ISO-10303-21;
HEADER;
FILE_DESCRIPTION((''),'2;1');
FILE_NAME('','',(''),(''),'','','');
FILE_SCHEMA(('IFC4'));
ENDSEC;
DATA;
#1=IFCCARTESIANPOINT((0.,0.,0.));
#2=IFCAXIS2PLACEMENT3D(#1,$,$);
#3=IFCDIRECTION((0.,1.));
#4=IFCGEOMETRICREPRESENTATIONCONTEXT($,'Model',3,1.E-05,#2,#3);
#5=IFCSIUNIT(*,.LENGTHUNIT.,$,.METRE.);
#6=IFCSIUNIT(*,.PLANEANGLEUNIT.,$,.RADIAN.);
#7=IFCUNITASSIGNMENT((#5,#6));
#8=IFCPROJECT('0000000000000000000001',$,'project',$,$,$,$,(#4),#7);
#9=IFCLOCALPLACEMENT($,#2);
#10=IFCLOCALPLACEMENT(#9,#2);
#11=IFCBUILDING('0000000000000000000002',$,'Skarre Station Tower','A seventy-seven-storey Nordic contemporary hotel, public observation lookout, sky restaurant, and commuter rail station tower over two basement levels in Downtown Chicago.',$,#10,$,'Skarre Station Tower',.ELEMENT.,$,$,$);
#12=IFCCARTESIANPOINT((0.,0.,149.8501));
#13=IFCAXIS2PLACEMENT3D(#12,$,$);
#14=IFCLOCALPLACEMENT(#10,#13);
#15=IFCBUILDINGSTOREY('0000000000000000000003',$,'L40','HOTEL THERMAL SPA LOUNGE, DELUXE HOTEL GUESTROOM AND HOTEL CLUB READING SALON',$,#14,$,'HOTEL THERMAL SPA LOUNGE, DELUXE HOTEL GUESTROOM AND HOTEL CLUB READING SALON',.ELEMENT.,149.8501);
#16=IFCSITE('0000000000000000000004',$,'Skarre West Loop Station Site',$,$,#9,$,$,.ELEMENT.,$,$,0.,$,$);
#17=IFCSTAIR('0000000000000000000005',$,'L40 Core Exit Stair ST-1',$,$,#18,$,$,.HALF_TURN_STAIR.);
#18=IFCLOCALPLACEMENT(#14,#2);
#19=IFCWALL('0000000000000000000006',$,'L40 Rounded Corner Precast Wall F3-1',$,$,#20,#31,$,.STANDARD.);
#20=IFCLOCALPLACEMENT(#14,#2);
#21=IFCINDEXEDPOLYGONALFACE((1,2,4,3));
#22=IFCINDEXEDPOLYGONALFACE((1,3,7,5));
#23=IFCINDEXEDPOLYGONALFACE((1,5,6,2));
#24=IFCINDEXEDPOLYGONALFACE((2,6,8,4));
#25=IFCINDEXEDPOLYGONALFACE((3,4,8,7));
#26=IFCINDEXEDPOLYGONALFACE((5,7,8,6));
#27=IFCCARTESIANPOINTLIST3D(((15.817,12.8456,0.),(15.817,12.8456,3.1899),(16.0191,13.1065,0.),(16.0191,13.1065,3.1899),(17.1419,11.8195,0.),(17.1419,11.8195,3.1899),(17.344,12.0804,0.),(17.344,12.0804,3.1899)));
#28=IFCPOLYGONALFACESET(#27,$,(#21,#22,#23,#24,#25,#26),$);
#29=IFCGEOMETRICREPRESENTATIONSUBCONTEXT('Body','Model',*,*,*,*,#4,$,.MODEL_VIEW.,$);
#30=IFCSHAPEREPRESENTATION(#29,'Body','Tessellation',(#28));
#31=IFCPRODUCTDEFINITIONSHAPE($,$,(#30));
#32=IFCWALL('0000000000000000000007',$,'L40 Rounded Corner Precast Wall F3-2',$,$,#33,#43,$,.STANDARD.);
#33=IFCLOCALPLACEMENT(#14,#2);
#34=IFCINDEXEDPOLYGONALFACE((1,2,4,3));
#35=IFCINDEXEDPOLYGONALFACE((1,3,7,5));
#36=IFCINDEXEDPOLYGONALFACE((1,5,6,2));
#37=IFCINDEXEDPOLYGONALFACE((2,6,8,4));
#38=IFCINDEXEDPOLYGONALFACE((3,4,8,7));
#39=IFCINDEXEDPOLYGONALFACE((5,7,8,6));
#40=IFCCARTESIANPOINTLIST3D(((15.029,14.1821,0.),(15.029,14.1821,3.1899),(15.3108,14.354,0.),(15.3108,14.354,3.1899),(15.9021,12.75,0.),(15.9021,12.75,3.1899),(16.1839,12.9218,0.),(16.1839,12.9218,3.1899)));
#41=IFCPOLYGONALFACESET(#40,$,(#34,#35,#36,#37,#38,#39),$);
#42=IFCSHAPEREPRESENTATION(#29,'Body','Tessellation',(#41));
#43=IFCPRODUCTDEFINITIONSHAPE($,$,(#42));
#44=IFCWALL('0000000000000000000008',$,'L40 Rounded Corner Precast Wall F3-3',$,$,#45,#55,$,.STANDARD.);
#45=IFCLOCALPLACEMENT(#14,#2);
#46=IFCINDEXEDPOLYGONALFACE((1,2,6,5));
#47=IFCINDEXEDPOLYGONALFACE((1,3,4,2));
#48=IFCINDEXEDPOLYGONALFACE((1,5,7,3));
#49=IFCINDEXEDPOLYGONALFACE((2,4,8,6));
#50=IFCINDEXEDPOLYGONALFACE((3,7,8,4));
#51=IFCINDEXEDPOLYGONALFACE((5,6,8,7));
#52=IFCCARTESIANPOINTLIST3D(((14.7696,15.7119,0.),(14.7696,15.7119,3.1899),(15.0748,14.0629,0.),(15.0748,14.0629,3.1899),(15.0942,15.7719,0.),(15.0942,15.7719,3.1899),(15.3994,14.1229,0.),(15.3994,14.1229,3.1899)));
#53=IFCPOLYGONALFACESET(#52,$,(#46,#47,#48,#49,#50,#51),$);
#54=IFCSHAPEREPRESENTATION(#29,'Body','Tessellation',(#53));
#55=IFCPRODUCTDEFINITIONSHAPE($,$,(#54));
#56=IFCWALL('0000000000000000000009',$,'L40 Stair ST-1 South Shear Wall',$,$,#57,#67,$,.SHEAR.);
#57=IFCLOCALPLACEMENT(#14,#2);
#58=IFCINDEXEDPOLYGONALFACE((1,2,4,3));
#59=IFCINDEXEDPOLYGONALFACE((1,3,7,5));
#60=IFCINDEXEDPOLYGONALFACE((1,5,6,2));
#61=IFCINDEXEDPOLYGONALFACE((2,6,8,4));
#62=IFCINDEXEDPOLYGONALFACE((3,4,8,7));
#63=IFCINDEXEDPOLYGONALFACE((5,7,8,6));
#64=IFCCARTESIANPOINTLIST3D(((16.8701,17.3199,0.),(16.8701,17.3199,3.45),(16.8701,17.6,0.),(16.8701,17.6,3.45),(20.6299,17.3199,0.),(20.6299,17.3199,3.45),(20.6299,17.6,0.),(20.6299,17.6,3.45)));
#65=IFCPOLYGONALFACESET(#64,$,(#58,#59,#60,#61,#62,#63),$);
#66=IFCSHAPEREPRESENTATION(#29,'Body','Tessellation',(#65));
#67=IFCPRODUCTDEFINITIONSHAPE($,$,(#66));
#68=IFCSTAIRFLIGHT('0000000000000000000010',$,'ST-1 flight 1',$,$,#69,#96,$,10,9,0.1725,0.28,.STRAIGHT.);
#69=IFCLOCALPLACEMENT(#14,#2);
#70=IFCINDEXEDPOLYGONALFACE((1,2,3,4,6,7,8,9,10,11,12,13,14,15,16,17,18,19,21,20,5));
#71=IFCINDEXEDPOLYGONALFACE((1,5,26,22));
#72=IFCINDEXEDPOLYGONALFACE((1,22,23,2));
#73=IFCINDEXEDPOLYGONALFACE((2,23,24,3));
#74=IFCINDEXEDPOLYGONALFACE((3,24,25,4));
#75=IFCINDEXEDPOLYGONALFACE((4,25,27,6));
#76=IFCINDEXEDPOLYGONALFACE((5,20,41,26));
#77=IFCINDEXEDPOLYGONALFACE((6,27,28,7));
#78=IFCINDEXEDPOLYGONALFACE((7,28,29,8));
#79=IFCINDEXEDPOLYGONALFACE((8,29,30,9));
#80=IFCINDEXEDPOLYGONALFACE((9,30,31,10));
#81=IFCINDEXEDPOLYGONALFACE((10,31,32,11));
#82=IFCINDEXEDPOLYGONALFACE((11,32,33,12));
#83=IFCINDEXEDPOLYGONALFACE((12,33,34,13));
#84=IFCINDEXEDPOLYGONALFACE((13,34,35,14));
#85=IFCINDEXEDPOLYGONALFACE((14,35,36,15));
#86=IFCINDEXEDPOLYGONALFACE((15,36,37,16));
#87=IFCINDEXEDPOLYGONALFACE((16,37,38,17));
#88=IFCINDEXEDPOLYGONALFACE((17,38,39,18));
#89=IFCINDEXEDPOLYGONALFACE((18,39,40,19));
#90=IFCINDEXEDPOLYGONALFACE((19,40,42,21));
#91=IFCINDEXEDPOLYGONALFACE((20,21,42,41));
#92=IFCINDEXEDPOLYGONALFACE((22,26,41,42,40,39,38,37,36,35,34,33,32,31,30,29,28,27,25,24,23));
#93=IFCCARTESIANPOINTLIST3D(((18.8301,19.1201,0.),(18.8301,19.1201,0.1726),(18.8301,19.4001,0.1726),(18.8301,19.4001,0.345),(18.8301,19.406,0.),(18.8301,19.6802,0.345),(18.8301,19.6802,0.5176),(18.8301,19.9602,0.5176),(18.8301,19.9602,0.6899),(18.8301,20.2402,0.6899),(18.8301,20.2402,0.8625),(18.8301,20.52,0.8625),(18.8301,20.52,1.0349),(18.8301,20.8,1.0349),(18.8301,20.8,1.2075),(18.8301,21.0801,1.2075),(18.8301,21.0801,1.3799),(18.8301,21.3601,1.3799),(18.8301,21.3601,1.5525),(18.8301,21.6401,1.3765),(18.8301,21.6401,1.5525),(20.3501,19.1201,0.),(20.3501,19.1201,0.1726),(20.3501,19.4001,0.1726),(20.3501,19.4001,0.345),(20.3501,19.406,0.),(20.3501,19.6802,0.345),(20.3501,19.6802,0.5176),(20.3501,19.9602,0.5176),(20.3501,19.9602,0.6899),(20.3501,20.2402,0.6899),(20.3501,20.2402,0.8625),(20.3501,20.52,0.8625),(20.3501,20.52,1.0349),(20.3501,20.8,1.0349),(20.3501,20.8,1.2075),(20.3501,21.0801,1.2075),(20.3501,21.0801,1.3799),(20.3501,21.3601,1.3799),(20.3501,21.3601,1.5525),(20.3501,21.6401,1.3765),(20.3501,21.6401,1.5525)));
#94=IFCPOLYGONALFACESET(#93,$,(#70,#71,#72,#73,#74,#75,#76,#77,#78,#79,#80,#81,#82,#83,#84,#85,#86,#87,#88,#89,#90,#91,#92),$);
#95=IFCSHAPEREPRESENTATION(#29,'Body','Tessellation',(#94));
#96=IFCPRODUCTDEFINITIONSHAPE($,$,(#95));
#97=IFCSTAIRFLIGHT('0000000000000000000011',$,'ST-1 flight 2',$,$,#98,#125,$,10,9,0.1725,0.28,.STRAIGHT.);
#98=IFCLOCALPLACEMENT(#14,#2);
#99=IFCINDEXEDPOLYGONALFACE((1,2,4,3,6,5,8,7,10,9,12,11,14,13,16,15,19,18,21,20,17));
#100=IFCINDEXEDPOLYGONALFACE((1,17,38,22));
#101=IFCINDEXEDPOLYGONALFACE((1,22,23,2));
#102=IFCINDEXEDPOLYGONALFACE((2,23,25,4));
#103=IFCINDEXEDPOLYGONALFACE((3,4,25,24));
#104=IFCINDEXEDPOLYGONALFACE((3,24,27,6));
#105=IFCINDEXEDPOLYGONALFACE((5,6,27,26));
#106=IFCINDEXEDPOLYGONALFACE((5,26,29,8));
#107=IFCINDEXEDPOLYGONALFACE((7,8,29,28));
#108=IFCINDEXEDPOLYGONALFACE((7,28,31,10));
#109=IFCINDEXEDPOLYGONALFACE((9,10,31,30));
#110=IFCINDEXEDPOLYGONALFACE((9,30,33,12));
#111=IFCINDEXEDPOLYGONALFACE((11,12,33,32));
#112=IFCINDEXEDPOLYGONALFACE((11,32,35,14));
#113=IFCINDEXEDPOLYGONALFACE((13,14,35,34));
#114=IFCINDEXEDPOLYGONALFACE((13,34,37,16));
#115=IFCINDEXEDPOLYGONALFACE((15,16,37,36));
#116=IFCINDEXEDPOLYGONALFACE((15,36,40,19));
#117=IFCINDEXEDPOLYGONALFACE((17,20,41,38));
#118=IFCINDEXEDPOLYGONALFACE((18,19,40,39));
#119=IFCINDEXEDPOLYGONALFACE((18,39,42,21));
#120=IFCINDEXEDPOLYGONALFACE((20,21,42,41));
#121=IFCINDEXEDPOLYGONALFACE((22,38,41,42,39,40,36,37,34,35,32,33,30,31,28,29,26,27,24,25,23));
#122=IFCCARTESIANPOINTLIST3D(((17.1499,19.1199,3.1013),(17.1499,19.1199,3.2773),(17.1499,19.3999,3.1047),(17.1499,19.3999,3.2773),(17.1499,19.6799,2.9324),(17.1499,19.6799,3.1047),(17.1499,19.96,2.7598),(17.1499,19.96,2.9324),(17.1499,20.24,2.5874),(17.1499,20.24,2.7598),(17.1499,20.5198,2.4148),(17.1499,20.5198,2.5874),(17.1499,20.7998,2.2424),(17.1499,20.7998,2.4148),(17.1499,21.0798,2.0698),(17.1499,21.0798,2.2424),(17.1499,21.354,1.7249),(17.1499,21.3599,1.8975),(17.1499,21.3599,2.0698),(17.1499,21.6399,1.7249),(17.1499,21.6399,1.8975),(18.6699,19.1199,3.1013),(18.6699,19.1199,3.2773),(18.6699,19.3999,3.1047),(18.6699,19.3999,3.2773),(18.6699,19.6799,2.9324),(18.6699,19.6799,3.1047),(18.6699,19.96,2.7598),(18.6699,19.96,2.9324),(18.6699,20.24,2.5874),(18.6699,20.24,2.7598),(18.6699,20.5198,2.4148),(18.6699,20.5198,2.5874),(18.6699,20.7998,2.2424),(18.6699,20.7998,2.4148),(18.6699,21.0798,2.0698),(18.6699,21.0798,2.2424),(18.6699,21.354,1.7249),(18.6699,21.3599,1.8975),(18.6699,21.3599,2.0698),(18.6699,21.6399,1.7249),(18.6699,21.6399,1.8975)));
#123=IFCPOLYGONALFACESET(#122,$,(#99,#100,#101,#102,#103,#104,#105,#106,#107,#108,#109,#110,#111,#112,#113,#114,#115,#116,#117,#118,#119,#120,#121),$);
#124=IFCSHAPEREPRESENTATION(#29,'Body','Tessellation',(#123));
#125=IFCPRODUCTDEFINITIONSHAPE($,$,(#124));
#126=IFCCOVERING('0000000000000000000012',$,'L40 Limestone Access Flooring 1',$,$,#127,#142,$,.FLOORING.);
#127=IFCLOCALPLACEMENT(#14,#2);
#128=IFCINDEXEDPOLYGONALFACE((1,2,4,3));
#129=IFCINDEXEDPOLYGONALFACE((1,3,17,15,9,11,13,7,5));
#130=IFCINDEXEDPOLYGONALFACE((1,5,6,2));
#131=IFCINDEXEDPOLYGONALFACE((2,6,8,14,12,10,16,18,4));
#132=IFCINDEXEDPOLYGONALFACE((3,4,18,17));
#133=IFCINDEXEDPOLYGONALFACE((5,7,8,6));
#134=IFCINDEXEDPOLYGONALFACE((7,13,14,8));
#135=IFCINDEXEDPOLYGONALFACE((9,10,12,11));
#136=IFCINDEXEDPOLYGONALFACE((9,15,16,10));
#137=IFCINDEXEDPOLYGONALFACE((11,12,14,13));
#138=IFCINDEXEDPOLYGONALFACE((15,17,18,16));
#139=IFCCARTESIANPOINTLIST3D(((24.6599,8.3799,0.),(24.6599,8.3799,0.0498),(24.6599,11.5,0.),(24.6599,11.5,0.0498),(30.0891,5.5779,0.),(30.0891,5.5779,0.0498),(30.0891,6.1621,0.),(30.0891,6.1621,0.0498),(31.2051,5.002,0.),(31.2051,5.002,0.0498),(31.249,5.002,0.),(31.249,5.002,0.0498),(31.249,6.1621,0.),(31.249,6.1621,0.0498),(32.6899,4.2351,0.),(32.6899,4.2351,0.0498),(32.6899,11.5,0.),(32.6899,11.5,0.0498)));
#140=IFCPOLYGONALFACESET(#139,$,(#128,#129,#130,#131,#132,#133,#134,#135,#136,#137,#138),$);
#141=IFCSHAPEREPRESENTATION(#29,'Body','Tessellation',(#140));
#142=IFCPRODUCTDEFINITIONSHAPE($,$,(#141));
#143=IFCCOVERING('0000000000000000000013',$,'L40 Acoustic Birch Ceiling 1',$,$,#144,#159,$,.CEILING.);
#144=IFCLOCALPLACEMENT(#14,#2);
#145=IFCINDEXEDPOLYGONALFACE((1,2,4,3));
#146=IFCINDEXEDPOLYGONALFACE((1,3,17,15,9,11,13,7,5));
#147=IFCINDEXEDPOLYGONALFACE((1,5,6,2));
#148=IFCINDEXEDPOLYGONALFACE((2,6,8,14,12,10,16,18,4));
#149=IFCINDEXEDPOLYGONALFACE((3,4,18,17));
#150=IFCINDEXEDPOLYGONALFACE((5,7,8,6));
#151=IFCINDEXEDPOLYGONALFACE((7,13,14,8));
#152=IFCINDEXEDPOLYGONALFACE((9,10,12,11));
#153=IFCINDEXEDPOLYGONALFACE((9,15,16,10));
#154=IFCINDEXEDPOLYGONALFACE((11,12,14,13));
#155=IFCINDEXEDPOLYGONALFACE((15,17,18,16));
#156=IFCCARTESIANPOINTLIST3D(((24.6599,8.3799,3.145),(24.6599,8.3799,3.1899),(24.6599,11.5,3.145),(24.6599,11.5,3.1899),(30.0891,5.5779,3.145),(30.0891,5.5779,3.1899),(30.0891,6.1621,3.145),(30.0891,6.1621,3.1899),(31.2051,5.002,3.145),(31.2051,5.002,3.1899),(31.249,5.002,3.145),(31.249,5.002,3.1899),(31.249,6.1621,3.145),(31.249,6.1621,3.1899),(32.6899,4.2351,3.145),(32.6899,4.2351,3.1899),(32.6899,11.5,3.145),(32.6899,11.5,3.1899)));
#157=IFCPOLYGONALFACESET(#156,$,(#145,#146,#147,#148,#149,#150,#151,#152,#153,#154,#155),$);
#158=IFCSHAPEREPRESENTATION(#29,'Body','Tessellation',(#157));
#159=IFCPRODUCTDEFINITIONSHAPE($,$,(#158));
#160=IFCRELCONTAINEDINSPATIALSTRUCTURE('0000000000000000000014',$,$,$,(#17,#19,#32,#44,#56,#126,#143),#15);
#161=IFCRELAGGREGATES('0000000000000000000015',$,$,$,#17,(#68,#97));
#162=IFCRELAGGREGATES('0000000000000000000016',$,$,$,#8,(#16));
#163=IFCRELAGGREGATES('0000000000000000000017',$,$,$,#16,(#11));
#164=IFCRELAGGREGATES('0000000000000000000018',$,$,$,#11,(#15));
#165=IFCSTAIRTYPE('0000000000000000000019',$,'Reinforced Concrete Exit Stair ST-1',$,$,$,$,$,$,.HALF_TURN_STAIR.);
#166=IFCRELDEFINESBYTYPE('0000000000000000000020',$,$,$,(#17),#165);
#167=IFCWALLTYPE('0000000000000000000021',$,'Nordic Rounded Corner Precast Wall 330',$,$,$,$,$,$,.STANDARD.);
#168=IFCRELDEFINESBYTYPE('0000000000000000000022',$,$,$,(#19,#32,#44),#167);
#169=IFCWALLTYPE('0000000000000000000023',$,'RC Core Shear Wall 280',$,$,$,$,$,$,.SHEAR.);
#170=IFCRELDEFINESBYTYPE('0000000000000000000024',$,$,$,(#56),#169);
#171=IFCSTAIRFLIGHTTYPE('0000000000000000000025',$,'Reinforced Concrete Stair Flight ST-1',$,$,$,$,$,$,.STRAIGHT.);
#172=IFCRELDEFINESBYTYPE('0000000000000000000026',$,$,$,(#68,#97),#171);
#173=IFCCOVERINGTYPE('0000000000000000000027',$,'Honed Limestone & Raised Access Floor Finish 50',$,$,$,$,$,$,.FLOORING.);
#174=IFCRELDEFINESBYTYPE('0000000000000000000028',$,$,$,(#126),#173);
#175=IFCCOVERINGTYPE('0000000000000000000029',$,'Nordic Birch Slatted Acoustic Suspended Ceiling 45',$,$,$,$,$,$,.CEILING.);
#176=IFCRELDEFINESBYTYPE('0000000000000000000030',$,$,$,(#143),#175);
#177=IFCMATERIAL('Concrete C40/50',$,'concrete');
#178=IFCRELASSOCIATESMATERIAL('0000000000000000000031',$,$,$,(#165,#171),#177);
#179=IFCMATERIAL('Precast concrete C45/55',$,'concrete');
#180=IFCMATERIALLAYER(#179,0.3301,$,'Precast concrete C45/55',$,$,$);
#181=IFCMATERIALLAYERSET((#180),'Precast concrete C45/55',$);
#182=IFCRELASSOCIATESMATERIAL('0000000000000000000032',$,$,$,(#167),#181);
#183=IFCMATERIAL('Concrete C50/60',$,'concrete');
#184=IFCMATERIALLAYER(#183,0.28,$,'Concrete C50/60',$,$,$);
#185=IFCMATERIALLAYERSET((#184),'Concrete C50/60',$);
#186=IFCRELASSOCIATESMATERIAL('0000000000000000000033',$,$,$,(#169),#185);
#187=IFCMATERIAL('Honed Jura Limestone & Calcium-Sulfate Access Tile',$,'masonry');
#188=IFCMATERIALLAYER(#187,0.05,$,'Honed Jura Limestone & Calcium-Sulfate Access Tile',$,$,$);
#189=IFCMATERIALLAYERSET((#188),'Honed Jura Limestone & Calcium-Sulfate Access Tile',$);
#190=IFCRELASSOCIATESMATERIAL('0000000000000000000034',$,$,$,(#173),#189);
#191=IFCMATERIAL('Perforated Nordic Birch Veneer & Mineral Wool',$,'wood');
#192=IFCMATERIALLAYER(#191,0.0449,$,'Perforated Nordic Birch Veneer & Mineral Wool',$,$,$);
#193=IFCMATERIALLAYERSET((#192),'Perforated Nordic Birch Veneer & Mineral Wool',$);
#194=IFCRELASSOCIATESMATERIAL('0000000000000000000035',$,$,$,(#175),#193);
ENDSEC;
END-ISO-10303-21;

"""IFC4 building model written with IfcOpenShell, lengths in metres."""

from ifc_helpers import new_model, si_unit, direction, frame, frame_2d, origin, place, context, subcontext, project, spatial, polyline, rectangle, outline, extrude, material, layer, layer_set, type_object, element, aggregate, save


model = new_model("IFC4")

# Units and contexts
model_context = context("Model", 3, precision=1e-05, world=origin(), true_north=direction((0.0, 1.0)))
body_context = subcontext(model_context, "Body", "Model", "MODEL_VIEW")
ifc_project = project(units=[si_unit("LENGTHUNIT", "METRE"), si_unit("PLANEANGLEUNIT", "RADIAN")], contexts=[model_context])

# Site, building, storey
site_placement = place(None, origin())
site = spatial("IfcSite", under=ifc_project, at=site_placement, Name="Skarre West Loop Station Site", CompositionType="ELEMENT", RefElevation=0.0)
building_placement = place(site_placement, origin())
building = spatial("IfcBuilding", under=site, at=building_placement, Name="Skarre Station Tower", Description="A seventy-seven-storey Nordic contemporary hotel, public observation lookout, sky restaurant, and commuter rail station tower over two basement levels in Downtown Chicago.", LongName="Skarre Station Tower", CompositionType="ELEMENT")
storey_placement = place(building_placement, frame((0.0, 0.0, 149.8501)))
storey = spatial("IfcBuildingStorey", under=building, at=storey_placement, Name="L40", Description="HOTEL THERMAL SPA LOUNGE, DELUXE HOTEL GUESTROOM AND HOTEL CLUB READING SALON", LongName="HOTEL THERMAL SPA LOUNGE, DELUXE HOTEL GUESTROOM AND HOTEL CLUB READING SALON", CompositionType="ELEMENT", Elevation=149.8501)

# Shared definitions
ifc_material_1 = material(Name="Concrete C50/60", Category="concrete")

# Stair
ifc_material_2 = material(Name="Concrete C40/50", Category="concrete")
stair_type_1 = type_object("IfcStairType", Name="Reinforced Concrete Exit Stair ST-1", PredefinedType="HALF_TURN_STAIR", material=ifc_material_2)
stair_1_placement = place(storey_placement, origin())
stair_1 = element("IfcStair", 1, at=stair_1_placement, inside=storey, type_object=stair_type_1, Name="L40 Core Exit Stair ST-1", PredefinedType="HALF_TURN_STAIR")

# Shared definitions
ifc_material_3 = material(Name="Precast concrete C45/55", Category="concrete")

# Walls
ifc_layer_1 = layer(ifc_material_3, 0.3301, Name="Precast concrete C45/55")
ifc_layer_set_1 = layer_set([ifc_layer_1], Name="Precast concrete C45/55")
wall_type_1 = type_object("IfcWallType", Name="Nordic Rounded Corner Precast Wall 330", PredefinedType="STANDARD", material=ifc_layer_set_1)
wall_1_placement = place(storey_placement, frame((17.2429, 11.95, 0.0), z_axis=(0.0, 0.0, 1.0), x_axis=(-0.790621, 0.612305, 0.0)))
element("IfcWall", 2, at=wall_1_placement, inside=storey, type_object=wall_type_1, Name="L40 Rounded Corner Precast Wall F3-1", PredefinedType="STANDARD", context=body_context, shape_type="SweptSolid", body=[
    extrude(rectangle(XDim=1.6758, YDim=0.3301, at=frame_2d((0.8379, 0.0))), origin(), (0.0, 0.0, 1.0), 3.1899),
])
wall_2_placement = place(storey_placement, frame((16.043, 12.8359, 0.0), z_axis=(0.0, 0.0, 1.0), x_axis=(-0.520519, 0.85385, 0.0)))
element("IfcWall", 3, at=wall_2_placement, inside=storey, type_object=wall_type_1, Name="L40 Rounded Corner Precast Wall F3-2", PredefinedType="STANDARD", context=body_context, shape_type="SweptSolid", body=[
    extrude(rectangle(XDim=1.6772, YDim=0.3301, at=frame_2d((0.8386, 0.0))), origin(), (0.0, 0.0, 1.0), 3.1899),
])
wall_3_placement = place(storey_placement, frame((15.2371, 14.093, 0.0), z_axis=(0.0, 0.0, 1.0), x_axis=(-0.181985, 0.983301, 0.0)))
element("IfcWall", 4, at=wall_3_placement, inside=storey, type_object=wall_type_1, Name="L40 Rounded Corner Precast Wall F3-3", PredefinedType="STANDARD", context=body_context, shape_type="SweptSolid", body=[
    extrude(rectangle(XDim=1.677, YDim=0.3301, at=frame_2d((0.8384, 0.0))), origin(), (0.0, 0.0, 1.0), 3.1899),
])
ifc_layer_2 = layer(ifc_material_1, 0.28, Name="Concrete C50/60")
ifc_layer_set_2 = layer_set([ifc_layer_2], Name="Concrete C50/60")
wall_type_2 = type_object("IfcWallType", Name="RC Core Shear Wall 280", PredefinedType="SHEAR", material=ifc_layer_set_2)
wall_4_placement = place(storey_placement, frame((16.8701, 17.46, 0.0), z_axis=(0.0, 0.0, 1.0), x_axis=(1.0, 0.0, 0.0)))
element("IfcWall", 5, at=wall_4_placement, inside=storey, type_object=wall_type_2, Name="L40 Stair ST-1 South Shear Wall", PredefinedType="SHEAR", context=body_context, shape_type="SweptSolid", body=[
    extrude(rectangle(XDim=3.7598, YDim=0.28, at=frame_2d((1.8799, 0.0))), origin(), (0.0, 0.0, 1.0), 3.45),
])

# Stair flights
stair_flight_type = type_object("IfcStairFlightType", Name="Reinforced Concrete Stair Flight ST-1", PredefinedType="STRAIGHT", material=ifc_material_2)
stair_flight_1_placement = place(storey_placement, frame((19.5901, 19.1201, 0.0), z_axis=(0.0, 0.0, 1.0), x_axis=(0.0, 1.0, 0.0)))
stair_flight_1 = element("IfcStairFlight", 6, at=stair_flight_1_placement, type_object=stair_flight_type, Name="ST-1 flight 1", NumberOfRisers=10, NumberOfTreads=9, PredefinedType="STRAIGHT", RiserHeight=0.1725, TreadLength=0.28, context=body_context, shape_type="SweptSolid", body=[
    extrude(outline(polyline([(0.0, 0.0), (0.0, 0.1726), (0.28, 0.1726), (0.28, 0.345), (0.5601, 0.345), (0.5601, 0.5176), (0.8401, 0.5176), (0.8401, 0.6899), (1.1201, 0.6899), (1.1201, 0.8625), (1.3999, 0.8625), (1.3999, 1.0349), (1.6799, 1.0349), (1.6799, 1.2075), (1.96, 1.2075), (1.96, 1.3799), (2.24, 1.3799), (2.24, 1.5525), (2.52, 1.5525), (2.52, 1.7251), (2.52, 1.3765), (0.2859, 0.0), (0.0, 0.0)])), frame((0.0, 0.76, 0.0), z_axis=(0.0, -1.0, 0.0), x_axis=(1.0, 0.0, 0.0)), (0.0, 0.0, 1.0), 1.52),
])
stair_flight_2_placement = place(storey_placement, frame((17.9099, 21.6399, 1.7249), z_axis=(0.0, 0.0, 1.0), x_axis=(0.0, -1.0, 0.0)))
stair_flight_2 = element("IfcStairFlight", 7, at=stair_flight_2_placement, type_object=stair_flight_type, Name="ST-1 flight 2", NumberOfRisers=10, NumberOfTreads=9, PredefinedType="STRAIGHT", RiserHeight=0.1725, TreadLength=0.28, context=body_context, shape_type="SweptSolid", body=[
    extrude(outline(polyline([(0.0, 0.0), (0.0, 0.1726), (0.28, 0.1726), (0.28, 0.345), (0.5601, 0.345), (0.5601, 0.5176), (0.8401, 0.5176), (0.8401, 0.6899), (1.1201, 0.6899), (1.1201, 0.8625), (1.3999, 0.8625), (1.3999, 1.0349), (1.6799, 1.0349), (1.6799, 1.2075), (1.96, 1.2075), (1.96, 1.3799), (2.24, 1.3799), (2.24, 1.5525), (2.52, 1.5525), (2.52, 1.7251), (2.52, 1.3765), (0.2859, 0.0), (0.0, 0.0)])), frame((0.0, 0.76, 0.0), z_axis=(0.0, -1.0, 0.0), x_axis=(1.0, 0.0, 0.0)), (0.0, 0.0, 1.0), 1.52),
])
aggregate(stair_1, [stair_flight_1, stair_flight_2])

# Coverings
ifc_material_4 = material(Name="Honed Jura Limestone & Calcium-Sulfate Access Tile", Category="masonry")
ifc_layer_3 = layer(ifc_material_4, 0.05, Name="Honed Jura Limestone & Calcium-Sulfate Access Tile")
ifc_layer_set_3 = layer_set([ifc_layer_3], Name="Honed Jura Limestone & Calcium-Sulfate Access Tile")
covering_type_1 = type_object("IfcCoveringType", Name="Honed Limestone & Raised Access Floor Finish 50", PredefinedType="FLOORING", material=ifc_layer_set_3)
covering_1_placement = place(storey_placement, origin())
element("IfcCovering", 8, at=covering_1_placement, inside=storey, type_object=covering_type_1, Name="L40 Limestone Access Flooring 1", PredefinedType="FLOORING", context=body_context, shape_type="SweptSolid", body=[
    extrude(outline(polyline([(24.6599, 8.3799), (30.0891, 5.5779), (30.0891, 6.1621), (31.249, 6.1621), (31.249, 5.002), (31.2051, 5.002), (32.6899, 4.2351), (32.6899, 11.5), (24.6599, 11.5), (24.6599, 8.3799)])), origin(), (0.0, 0.0, 1.0), 0.0498),
])
ifc_material_5 = material(Name="Perforated Nordic Birch Veneer & Mineral Wool", Category="wood")
ifc_layer_4 = layer(ifc_material_5, 0.0449, Name="Perforated Nordic Birch Veneer & Mineral Wool")
ifc_layer_set_4 = layer_set([ifc_layer_4], Name="Perforated Nordic Birch Veneer & Mineral Wool")
covering_type_2 = type_object("IfcCoveringType", Name="Nordic Birch Slatted Acoustic Suspended Ceiling 45", PredefinedType="CEILING", material=ifc_layer_set_4)
covering_2_placement = place(storey_placement, frame((0.0, 0.0, 3.145)))
element("IfcCovering", 9, at=covering_2_placement, inside=storey, type_object=covering_type_2, Name="L40 Acoustic Birch Ceiling 1", PredefinedType="CEILING", context=body_context, shape_type="SweptSolid", body=[
    extrude(outline(polyline([(24.6599, 8.3799), (30.0891, 5.5779), (30.0891, 6.1621), (31.249, 6.1621), (31.249, 5.002), (31.2051, 5.002), (32.6899, 4.2351), (32.6899, 11.5), (24.6599, 11.5), (24.6599, 8.3799)])), origin(), (0.0, 0.0, 1.0), 0.0449),
])

save(model, "model.ifc")
